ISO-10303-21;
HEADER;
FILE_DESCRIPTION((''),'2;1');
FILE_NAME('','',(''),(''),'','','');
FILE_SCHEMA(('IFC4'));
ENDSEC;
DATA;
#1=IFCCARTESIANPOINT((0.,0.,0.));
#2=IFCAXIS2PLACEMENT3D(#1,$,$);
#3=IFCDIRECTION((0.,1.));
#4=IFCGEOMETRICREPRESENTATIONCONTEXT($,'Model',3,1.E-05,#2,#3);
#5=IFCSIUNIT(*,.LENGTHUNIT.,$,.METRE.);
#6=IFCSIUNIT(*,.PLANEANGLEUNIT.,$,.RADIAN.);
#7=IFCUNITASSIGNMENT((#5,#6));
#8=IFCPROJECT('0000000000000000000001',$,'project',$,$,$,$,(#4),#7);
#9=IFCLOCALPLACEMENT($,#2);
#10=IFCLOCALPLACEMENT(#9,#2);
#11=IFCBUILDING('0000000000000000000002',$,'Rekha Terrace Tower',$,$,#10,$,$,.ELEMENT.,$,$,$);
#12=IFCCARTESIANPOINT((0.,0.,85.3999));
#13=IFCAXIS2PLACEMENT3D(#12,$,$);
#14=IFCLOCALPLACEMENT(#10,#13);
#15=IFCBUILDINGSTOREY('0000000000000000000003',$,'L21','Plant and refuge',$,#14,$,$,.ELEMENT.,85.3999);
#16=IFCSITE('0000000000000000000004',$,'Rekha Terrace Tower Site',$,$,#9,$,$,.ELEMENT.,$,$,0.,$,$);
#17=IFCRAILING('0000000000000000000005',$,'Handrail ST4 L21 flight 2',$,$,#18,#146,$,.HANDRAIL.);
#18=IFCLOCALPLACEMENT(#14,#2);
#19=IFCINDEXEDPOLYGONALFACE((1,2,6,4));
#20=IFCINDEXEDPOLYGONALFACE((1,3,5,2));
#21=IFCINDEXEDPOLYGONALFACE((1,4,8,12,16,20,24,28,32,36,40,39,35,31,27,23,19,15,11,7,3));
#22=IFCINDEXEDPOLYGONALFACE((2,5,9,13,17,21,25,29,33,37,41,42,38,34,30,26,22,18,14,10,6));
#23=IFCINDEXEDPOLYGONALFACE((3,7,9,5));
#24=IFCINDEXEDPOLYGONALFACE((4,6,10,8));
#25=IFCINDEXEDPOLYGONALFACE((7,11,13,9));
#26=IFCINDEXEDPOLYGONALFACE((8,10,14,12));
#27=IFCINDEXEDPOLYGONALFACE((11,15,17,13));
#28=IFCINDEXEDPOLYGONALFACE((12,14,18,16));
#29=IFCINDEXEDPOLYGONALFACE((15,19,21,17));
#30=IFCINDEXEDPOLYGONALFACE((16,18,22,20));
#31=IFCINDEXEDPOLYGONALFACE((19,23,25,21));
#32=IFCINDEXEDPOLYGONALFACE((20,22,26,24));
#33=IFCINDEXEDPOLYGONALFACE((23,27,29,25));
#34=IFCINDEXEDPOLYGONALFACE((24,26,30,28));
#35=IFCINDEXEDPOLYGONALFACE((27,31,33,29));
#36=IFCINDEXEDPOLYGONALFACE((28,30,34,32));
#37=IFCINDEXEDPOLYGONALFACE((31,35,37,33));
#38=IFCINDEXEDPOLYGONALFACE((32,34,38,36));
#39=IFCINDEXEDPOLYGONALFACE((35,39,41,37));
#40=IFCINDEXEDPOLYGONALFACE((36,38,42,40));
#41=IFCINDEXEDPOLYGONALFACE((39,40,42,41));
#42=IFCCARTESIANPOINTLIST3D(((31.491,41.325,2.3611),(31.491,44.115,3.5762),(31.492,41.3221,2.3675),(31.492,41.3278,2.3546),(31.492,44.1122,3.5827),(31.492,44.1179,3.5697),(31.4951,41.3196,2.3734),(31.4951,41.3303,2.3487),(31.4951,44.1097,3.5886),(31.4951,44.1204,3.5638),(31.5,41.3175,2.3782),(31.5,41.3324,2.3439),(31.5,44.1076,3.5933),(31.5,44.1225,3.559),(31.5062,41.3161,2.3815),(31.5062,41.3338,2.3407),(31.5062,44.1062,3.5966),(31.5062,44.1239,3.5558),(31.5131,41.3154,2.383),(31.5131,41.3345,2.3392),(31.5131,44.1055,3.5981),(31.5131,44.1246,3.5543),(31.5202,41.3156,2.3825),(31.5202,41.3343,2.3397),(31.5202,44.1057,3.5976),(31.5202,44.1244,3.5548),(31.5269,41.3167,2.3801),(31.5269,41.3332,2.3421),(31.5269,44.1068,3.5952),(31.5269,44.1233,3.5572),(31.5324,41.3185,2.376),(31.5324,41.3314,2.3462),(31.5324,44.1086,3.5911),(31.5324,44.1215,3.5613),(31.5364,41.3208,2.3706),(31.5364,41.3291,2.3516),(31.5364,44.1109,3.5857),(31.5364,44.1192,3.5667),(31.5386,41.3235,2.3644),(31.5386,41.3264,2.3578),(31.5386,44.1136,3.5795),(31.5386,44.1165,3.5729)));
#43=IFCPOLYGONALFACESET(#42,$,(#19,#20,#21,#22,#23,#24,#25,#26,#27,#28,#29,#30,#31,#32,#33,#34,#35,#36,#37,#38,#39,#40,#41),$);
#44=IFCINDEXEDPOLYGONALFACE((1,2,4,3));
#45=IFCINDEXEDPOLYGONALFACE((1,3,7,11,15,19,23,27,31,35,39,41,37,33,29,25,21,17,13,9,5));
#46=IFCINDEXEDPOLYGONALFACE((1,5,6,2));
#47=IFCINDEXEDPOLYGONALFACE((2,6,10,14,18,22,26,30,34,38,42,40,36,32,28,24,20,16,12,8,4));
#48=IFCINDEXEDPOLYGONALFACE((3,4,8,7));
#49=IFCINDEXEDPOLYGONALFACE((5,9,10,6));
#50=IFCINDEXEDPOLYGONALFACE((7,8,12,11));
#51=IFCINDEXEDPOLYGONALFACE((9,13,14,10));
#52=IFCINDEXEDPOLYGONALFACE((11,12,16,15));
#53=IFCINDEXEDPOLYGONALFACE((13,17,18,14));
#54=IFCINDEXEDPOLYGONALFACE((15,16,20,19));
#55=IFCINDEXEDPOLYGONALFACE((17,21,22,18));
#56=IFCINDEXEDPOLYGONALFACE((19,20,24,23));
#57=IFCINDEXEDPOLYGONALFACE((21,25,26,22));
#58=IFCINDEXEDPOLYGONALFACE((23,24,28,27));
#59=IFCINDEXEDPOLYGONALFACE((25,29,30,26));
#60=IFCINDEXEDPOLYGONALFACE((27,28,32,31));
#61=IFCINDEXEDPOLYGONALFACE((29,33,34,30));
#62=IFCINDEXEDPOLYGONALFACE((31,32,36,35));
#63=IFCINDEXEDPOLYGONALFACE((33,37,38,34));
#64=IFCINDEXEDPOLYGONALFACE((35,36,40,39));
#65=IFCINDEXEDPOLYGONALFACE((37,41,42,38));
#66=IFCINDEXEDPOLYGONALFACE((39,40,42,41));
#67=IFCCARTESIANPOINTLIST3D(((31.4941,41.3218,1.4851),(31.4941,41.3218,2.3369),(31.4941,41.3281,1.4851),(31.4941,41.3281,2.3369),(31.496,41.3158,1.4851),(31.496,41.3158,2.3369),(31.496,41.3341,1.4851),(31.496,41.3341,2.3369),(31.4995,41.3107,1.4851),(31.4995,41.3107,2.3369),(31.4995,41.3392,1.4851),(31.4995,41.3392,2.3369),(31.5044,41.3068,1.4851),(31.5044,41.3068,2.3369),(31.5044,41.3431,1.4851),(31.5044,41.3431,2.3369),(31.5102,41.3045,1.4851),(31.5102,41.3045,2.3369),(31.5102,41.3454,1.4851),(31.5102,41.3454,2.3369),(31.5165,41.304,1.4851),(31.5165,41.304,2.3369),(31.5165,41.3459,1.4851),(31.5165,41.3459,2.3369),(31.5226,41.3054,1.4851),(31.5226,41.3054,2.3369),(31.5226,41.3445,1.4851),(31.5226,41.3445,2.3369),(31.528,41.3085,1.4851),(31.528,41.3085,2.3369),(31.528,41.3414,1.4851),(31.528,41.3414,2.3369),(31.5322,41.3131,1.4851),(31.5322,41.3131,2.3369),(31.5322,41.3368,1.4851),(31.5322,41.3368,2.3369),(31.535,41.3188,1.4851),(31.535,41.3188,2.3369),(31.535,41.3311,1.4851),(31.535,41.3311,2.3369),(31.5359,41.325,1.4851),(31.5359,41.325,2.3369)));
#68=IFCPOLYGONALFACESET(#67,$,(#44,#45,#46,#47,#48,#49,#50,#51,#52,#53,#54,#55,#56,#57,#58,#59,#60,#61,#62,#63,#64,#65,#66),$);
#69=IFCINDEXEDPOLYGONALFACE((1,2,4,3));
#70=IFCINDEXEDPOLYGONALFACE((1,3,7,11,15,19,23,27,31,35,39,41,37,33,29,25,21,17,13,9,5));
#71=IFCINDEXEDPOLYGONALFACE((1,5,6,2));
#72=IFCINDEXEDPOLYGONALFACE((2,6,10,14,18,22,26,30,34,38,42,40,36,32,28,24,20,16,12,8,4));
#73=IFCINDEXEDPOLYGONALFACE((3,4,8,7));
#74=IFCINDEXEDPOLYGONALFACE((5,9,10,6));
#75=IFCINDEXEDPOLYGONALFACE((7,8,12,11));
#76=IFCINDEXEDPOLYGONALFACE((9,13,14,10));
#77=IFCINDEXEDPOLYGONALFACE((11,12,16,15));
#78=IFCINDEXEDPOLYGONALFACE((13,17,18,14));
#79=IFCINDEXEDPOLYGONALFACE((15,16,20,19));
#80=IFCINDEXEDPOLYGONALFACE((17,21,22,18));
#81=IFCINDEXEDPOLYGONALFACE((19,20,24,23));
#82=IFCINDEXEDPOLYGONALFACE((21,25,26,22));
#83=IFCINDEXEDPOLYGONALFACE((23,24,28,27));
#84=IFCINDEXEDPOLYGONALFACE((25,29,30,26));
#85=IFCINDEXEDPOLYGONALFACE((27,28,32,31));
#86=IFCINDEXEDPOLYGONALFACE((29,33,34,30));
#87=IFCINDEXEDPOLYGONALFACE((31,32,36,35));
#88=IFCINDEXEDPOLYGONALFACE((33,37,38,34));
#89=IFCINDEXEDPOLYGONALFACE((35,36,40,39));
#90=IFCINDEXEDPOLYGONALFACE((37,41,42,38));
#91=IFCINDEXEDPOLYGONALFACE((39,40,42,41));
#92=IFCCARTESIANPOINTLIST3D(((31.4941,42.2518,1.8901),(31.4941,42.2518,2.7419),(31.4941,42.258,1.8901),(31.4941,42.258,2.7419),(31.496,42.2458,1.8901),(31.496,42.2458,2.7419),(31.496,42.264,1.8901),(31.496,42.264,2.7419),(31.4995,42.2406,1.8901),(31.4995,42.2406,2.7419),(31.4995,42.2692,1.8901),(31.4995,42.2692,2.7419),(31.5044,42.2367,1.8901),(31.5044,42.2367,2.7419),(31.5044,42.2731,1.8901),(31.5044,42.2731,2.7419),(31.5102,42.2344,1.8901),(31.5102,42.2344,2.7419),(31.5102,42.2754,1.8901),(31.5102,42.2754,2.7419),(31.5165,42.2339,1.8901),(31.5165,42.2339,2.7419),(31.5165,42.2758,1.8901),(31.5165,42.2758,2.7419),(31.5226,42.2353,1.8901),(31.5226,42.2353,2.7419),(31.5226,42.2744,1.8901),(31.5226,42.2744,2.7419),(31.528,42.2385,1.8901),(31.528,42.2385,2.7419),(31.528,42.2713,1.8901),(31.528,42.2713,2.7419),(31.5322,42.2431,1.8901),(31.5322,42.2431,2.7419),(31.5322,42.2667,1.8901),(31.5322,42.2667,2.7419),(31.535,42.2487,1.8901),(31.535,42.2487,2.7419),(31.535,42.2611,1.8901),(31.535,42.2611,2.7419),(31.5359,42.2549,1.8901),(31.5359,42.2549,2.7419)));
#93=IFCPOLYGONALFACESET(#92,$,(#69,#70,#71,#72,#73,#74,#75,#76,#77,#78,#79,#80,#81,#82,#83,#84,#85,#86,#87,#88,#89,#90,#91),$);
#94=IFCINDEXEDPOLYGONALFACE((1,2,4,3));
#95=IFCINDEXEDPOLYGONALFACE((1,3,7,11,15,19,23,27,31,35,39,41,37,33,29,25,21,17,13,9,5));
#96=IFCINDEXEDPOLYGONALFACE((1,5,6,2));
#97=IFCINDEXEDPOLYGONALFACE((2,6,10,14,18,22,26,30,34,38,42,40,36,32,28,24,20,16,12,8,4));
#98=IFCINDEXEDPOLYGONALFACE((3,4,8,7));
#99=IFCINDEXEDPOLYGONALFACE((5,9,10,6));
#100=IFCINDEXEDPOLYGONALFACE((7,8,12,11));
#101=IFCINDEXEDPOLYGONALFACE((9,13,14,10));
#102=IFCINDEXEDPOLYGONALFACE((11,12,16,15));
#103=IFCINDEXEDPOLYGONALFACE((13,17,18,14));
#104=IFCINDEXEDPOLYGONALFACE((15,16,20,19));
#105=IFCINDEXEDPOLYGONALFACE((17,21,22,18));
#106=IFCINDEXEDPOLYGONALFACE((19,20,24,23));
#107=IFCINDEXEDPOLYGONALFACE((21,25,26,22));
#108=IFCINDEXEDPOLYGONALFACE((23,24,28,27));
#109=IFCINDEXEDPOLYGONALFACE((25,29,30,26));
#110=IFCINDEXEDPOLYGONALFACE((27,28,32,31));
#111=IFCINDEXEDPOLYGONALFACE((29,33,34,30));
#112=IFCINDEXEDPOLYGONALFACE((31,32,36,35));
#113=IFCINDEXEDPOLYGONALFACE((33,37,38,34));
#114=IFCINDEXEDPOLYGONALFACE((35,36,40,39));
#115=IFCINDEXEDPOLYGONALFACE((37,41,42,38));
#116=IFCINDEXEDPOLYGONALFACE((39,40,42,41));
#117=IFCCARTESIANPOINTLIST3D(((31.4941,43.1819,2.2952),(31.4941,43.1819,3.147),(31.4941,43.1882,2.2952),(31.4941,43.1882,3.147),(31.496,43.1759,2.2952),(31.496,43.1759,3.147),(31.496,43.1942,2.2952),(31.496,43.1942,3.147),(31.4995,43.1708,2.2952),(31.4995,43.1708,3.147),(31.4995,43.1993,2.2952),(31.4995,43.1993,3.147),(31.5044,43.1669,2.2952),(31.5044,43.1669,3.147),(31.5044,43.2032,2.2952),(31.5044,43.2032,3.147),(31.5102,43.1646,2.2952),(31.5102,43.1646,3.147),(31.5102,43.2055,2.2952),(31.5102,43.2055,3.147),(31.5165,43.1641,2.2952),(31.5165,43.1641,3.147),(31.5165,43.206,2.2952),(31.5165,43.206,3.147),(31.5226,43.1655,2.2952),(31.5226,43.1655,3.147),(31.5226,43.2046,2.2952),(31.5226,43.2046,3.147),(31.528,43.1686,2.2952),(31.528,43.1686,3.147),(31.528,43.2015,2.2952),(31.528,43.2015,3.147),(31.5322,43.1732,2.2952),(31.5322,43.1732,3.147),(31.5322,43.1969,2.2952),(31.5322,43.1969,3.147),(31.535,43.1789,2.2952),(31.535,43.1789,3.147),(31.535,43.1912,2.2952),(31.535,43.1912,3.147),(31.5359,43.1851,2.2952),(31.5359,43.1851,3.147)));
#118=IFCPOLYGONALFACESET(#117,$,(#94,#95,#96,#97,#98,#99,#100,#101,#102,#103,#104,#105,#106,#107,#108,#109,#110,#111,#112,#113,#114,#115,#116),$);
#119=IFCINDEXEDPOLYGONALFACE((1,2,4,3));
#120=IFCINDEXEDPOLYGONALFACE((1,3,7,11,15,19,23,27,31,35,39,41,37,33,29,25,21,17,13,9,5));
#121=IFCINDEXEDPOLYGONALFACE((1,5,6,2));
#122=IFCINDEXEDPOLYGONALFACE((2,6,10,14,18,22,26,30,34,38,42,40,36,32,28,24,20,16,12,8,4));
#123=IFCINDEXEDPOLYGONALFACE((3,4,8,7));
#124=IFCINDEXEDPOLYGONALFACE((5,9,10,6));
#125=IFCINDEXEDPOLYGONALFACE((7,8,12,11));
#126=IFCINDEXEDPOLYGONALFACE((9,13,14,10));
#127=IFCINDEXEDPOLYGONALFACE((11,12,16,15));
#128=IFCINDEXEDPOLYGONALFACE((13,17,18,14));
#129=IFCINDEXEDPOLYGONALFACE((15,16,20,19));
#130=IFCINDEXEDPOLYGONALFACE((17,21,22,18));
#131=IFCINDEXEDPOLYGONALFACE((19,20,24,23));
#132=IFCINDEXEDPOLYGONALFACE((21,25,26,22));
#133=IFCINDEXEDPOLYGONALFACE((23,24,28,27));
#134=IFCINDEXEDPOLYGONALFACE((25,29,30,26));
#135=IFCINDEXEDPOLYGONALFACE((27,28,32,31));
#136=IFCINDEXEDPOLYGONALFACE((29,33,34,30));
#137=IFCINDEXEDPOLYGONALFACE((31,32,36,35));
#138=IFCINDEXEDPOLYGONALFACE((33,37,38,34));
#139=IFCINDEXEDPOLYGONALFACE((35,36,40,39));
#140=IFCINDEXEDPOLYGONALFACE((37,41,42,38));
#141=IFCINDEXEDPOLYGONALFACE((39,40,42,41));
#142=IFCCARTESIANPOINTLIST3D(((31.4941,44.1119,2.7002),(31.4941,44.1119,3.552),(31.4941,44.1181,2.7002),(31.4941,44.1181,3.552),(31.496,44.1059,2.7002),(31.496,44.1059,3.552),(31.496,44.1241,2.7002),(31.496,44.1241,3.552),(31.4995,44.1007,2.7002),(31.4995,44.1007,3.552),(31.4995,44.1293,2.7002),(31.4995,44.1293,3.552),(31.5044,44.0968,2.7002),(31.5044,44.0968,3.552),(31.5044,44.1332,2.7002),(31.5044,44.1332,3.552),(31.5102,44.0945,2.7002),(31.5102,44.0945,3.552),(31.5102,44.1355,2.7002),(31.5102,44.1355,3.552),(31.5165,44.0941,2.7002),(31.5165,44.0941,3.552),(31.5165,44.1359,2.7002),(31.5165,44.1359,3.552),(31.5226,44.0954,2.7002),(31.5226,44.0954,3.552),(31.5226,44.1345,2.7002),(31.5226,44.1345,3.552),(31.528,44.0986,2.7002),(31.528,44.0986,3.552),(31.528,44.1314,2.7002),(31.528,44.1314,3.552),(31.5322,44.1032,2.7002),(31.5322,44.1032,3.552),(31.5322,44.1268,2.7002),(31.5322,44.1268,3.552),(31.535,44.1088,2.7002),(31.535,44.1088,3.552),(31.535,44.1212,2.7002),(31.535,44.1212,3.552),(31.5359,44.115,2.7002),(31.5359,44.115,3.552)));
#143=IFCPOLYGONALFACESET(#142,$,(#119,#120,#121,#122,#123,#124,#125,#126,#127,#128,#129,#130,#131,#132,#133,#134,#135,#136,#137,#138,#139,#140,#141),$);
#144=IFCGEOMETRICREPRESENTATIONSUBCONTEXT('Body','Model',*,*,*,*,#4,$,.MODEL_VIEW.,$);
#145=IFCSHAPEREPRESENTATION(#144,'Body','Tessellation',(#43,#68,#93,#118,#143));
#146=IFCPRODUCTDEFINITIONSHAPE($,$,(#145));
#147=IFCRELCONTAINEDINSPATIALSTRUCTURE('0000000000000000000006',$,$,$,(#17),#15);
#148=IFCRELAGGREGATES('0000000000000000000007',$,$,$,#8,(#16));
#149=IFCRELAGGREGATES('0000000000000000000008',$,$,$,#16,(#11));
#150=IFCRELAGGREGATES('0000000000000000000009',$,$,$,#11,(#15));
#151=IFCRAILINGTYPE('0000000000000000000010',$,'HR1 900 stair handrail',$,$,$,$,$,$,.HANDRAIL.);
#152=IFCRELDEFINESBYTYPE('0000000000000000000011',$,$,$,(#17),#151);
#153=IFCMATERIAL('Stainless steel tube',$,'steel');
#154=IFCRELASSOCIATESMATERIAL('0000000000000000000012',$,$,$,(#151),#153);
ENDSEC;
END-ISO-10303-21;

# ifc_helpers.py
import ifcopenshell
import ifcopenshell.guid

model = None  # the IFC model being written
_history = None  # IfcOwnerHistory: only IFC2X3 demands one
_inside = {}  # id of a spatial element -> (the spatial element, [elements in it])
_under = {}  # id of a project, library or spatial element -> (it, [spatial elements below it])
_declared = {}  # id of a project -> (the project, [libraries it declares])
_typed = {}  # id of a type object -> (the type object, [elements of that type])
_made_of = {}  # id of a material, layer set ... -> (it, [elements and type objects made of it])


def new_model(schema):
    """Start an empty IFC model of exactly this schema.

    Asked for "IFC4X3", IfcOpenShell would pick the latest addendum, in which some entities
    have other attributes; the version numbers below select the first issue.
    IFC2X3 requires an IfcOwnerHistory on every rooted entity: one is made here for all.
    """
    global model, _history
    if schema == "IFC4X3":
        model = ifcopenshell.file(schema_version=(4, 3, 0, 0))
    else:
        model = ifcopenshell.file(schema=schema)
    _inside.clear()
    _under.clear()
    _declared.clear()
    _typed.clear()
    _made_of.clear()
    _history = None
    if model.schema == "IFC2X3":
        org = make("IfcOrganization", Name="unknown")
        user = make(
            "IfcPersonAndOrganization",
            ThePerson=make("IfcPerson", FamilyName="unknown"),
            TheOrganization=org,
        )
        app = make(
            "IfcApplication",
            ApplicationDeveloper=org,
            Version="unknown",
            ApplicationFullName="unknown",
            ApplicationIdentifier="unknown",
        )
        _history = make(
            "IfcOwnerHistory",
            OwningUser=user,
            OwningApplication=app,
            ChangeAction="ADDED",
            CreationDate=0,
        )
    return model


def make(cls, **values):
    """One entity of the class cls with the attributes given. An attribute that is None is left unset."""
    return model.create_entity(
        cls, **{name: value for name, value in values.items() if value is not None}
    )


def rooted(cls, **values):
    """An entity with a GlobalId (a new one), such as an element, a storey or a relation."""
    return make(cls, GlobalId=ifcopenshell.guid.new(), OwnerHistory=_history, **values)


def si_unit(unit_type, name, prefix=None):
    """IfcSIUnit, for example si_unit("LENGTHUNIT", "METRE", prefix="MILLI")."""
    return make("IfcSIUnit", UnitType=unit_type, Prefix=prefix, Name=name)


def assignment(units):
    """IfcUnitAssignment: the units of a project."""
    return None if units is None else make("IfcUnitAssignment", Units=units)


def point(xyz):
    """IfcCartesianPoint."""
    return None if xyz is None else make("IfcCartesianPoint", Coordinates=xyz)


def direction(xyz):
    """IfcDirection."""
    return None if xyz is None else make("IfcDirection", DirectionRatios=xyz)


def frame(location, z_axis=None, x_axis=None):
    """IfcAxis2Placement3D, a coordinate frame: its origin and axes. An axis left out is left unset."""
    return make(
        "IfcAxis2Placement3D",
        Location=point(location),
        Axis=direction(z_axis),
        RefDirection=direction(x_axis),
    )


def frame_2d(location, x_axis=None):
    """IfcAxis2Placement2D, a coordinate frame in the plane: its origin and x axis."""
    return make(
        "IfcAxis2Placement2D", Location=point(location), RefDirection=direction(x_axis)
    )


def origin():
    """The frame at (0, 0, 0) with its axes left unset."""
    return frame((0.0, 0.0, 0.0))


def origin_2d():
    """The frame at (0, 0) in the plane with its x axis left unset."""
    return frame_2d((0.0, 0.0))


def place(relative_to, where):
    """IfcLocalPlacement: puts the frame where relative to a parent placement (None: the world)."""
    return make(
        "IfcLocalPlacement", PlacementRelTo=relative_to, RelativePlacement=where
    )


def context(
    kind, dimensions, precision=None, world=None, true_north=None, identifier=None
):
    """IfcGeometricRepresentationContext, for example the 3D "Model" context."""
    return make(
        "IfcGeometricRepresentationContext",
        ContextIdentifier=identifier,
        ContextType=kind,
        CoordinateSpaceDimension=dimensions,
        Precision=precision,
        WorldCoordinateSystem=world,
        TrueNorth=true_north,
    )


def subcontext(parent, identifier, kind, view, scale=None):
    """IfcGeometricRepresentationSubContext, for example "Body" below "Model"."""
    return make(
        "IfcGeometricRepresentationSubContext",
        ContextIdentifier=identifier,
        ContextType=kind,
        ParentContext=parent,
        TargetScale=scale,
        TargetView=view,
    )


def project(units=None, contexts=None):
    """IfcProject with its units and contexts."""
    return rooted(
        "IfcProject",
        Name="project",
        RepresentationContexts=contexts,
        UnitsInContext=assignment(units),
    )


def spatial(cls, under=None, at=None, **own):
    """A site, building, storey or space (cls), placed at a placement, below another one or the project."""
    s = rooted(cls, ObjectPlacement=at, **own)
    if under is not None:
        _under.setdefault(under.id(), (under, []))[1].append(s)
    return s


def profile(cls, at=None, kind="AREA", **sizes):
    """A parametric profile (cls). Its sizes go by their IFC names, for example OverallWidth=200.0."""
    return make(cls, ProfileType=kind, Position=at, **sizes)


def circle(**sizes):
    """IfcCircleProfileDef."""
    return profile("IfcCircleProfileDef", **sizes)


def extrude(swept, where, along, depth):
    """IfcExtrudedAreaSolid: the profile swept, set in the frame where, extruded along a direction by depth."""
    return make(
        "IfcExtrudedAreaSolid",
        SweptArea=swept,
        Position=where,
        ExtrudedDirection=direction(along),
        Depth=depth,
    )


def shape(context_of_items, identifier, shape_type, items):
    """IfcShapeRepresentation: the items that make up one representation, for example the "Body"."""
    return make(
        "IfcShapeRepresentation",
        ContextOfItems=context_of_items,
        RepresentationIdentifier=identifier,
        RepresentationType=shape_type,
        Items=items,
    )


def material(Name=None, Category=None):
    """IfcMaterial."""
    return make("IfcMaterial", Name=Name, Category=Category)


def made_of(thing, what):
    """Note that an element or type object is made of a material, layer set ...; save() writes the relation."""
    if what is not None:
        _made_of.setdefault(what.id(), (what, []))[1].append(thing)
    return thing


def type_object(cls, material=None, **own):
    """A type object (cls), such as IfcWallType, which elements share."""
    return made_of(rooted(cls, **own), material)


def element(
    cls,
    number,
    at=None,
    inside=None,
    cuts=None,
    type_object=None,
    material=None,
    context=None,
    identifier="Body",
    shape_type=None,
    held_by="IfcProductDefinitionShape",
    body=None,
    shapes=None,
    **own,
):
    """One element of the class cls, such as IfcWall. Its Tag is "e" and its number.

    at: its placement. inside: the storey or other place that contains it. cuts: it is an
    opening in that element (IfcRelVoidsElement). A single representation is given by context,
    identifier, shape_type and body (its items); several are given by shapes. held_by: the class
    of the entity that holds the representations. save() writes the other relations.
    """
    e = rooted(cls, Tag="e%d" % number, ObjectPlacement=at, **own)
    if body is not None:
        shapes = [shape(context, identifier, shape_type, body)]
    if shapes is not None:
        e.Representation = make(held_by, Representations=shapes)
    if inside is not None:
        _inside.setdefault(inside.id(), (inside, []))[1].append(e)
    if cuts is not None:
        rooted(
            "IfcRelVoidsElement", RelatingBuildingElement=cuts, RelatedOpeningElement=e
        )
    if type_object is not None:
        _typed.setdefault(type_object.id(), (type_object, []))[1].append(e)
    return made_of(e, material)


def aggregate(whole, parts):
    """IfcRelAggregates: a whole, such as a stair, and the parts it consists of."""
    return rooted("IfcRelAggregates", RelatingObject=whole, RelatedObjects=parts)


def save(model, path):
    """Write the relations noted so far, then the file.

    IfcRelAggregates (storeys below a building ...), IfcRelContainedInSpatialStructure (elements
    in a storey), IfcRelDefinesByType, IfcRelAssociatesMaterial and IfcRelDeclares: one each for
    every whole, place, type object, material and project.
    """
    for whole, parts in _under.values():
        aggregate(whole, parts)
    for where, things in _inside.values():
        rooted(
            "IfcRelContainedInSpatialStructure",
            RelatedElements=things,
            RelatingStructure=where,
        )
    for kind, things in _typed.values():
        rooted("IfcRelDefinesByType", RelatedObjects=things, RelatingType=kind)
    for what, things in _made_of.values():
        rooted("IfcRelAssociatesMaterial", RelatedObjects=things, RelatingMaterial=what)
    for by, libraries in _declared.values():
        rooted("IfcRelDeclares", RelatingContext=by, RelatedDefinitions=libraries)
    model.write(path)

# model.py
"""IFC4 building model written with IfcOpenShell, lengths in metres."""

from ifc_helpers import new_model, si_unit, direction, frame, origin, origin_2d, place, context, subcontext, project, spatial, circle, extrude, material, type_object, element, save


model = new_model("IFC4")

# Units and contexts
model_context = context("Model", 3, precision=1e-05, world=origin(), true_north=direction((0.0, 1.0)))
body_context = subcontext(model_context, "Body", "Model", "MODEL_VIEW")
ifc_project = project(units=[si_unit("LENGTHUNIT", "METRE"), si_unit("PLANEANGLEUNIT", "RADIAN")], contexts=[model_context])

# Site, building, storey
site_placement = place(None, origin())
site = spatial("IfcSite", under=ifc_project, at=site_placement, Name="Rekha Terrace Tower Site", CompositionType="ELEMENT", RefElevation=0.0)
building_placement = place(site_placement, origin())
building = spatial("IfcBuilding", under=site, at=building_placement, Name="Rekha Terrace Tower", CompositionType="ELEMENT")
storey_placement = place(building_placement, frame((0.0, 0.0, 85.3999)))
storey = spatial("IfcBuildingStorey", under=building, at=storey_placement, Name="L21", Description="Plant and refuge", CompositionType="ELEMENT", Elevation=85.3999)

# Railing
ifc_material_1 = material(Name="Stainless steel tube", Category="steel")
railing_type_1 = type_object("IfcRailingType", Name="HR1 900 stair handrail", PredefinedType="HANDRAIL", material=ifc_material_1)
railing_1_placement = place(storey_placement, frame((31.5149, 41.325, 1.4851)))
element("IfcRailing", 1, at=railing_1_placement, inside=storey, type_object=railing_type_1, Name="Handrail ST4 L21 flight 2", PredefinedType="HANDRAIL", context=body_context, shape_type="SweptSolid", body=[
    extrude(circle(Radius=0.0239, at=origin_2d()), frame((0.0, 0.0, 0.876), z_axis=(0.0, 0.916826, 0.399286), x_axis=(-1.0, 0.0, 0.0)), (0.0, 0.0, 1.0), 3.0432),
    extrude(circle(Radius=0.021, at=origin_2d()), origin(), (0.0, 0.0, 1.0), 0.8518),
    extrude(circle(Radius=0.021, at=origin_2d()), frame((0.0, 0.9299, 0.405)), (0.0, 0.0, 1.0), 0.8518),
    extrude(circle(Radius=0.021, at=origin_2d()), frame((0.0, 1.8601, 0.8101)), (0.0, 0.0, 1.0), 0.8518),
    extrude(circle(Radius=0.021, at=origin_2d()), frame((0.0, 2.79, 1.2151)), (0.0, 0.0, 1.0), 0.8518),
])

save(model, "model.ifc")
